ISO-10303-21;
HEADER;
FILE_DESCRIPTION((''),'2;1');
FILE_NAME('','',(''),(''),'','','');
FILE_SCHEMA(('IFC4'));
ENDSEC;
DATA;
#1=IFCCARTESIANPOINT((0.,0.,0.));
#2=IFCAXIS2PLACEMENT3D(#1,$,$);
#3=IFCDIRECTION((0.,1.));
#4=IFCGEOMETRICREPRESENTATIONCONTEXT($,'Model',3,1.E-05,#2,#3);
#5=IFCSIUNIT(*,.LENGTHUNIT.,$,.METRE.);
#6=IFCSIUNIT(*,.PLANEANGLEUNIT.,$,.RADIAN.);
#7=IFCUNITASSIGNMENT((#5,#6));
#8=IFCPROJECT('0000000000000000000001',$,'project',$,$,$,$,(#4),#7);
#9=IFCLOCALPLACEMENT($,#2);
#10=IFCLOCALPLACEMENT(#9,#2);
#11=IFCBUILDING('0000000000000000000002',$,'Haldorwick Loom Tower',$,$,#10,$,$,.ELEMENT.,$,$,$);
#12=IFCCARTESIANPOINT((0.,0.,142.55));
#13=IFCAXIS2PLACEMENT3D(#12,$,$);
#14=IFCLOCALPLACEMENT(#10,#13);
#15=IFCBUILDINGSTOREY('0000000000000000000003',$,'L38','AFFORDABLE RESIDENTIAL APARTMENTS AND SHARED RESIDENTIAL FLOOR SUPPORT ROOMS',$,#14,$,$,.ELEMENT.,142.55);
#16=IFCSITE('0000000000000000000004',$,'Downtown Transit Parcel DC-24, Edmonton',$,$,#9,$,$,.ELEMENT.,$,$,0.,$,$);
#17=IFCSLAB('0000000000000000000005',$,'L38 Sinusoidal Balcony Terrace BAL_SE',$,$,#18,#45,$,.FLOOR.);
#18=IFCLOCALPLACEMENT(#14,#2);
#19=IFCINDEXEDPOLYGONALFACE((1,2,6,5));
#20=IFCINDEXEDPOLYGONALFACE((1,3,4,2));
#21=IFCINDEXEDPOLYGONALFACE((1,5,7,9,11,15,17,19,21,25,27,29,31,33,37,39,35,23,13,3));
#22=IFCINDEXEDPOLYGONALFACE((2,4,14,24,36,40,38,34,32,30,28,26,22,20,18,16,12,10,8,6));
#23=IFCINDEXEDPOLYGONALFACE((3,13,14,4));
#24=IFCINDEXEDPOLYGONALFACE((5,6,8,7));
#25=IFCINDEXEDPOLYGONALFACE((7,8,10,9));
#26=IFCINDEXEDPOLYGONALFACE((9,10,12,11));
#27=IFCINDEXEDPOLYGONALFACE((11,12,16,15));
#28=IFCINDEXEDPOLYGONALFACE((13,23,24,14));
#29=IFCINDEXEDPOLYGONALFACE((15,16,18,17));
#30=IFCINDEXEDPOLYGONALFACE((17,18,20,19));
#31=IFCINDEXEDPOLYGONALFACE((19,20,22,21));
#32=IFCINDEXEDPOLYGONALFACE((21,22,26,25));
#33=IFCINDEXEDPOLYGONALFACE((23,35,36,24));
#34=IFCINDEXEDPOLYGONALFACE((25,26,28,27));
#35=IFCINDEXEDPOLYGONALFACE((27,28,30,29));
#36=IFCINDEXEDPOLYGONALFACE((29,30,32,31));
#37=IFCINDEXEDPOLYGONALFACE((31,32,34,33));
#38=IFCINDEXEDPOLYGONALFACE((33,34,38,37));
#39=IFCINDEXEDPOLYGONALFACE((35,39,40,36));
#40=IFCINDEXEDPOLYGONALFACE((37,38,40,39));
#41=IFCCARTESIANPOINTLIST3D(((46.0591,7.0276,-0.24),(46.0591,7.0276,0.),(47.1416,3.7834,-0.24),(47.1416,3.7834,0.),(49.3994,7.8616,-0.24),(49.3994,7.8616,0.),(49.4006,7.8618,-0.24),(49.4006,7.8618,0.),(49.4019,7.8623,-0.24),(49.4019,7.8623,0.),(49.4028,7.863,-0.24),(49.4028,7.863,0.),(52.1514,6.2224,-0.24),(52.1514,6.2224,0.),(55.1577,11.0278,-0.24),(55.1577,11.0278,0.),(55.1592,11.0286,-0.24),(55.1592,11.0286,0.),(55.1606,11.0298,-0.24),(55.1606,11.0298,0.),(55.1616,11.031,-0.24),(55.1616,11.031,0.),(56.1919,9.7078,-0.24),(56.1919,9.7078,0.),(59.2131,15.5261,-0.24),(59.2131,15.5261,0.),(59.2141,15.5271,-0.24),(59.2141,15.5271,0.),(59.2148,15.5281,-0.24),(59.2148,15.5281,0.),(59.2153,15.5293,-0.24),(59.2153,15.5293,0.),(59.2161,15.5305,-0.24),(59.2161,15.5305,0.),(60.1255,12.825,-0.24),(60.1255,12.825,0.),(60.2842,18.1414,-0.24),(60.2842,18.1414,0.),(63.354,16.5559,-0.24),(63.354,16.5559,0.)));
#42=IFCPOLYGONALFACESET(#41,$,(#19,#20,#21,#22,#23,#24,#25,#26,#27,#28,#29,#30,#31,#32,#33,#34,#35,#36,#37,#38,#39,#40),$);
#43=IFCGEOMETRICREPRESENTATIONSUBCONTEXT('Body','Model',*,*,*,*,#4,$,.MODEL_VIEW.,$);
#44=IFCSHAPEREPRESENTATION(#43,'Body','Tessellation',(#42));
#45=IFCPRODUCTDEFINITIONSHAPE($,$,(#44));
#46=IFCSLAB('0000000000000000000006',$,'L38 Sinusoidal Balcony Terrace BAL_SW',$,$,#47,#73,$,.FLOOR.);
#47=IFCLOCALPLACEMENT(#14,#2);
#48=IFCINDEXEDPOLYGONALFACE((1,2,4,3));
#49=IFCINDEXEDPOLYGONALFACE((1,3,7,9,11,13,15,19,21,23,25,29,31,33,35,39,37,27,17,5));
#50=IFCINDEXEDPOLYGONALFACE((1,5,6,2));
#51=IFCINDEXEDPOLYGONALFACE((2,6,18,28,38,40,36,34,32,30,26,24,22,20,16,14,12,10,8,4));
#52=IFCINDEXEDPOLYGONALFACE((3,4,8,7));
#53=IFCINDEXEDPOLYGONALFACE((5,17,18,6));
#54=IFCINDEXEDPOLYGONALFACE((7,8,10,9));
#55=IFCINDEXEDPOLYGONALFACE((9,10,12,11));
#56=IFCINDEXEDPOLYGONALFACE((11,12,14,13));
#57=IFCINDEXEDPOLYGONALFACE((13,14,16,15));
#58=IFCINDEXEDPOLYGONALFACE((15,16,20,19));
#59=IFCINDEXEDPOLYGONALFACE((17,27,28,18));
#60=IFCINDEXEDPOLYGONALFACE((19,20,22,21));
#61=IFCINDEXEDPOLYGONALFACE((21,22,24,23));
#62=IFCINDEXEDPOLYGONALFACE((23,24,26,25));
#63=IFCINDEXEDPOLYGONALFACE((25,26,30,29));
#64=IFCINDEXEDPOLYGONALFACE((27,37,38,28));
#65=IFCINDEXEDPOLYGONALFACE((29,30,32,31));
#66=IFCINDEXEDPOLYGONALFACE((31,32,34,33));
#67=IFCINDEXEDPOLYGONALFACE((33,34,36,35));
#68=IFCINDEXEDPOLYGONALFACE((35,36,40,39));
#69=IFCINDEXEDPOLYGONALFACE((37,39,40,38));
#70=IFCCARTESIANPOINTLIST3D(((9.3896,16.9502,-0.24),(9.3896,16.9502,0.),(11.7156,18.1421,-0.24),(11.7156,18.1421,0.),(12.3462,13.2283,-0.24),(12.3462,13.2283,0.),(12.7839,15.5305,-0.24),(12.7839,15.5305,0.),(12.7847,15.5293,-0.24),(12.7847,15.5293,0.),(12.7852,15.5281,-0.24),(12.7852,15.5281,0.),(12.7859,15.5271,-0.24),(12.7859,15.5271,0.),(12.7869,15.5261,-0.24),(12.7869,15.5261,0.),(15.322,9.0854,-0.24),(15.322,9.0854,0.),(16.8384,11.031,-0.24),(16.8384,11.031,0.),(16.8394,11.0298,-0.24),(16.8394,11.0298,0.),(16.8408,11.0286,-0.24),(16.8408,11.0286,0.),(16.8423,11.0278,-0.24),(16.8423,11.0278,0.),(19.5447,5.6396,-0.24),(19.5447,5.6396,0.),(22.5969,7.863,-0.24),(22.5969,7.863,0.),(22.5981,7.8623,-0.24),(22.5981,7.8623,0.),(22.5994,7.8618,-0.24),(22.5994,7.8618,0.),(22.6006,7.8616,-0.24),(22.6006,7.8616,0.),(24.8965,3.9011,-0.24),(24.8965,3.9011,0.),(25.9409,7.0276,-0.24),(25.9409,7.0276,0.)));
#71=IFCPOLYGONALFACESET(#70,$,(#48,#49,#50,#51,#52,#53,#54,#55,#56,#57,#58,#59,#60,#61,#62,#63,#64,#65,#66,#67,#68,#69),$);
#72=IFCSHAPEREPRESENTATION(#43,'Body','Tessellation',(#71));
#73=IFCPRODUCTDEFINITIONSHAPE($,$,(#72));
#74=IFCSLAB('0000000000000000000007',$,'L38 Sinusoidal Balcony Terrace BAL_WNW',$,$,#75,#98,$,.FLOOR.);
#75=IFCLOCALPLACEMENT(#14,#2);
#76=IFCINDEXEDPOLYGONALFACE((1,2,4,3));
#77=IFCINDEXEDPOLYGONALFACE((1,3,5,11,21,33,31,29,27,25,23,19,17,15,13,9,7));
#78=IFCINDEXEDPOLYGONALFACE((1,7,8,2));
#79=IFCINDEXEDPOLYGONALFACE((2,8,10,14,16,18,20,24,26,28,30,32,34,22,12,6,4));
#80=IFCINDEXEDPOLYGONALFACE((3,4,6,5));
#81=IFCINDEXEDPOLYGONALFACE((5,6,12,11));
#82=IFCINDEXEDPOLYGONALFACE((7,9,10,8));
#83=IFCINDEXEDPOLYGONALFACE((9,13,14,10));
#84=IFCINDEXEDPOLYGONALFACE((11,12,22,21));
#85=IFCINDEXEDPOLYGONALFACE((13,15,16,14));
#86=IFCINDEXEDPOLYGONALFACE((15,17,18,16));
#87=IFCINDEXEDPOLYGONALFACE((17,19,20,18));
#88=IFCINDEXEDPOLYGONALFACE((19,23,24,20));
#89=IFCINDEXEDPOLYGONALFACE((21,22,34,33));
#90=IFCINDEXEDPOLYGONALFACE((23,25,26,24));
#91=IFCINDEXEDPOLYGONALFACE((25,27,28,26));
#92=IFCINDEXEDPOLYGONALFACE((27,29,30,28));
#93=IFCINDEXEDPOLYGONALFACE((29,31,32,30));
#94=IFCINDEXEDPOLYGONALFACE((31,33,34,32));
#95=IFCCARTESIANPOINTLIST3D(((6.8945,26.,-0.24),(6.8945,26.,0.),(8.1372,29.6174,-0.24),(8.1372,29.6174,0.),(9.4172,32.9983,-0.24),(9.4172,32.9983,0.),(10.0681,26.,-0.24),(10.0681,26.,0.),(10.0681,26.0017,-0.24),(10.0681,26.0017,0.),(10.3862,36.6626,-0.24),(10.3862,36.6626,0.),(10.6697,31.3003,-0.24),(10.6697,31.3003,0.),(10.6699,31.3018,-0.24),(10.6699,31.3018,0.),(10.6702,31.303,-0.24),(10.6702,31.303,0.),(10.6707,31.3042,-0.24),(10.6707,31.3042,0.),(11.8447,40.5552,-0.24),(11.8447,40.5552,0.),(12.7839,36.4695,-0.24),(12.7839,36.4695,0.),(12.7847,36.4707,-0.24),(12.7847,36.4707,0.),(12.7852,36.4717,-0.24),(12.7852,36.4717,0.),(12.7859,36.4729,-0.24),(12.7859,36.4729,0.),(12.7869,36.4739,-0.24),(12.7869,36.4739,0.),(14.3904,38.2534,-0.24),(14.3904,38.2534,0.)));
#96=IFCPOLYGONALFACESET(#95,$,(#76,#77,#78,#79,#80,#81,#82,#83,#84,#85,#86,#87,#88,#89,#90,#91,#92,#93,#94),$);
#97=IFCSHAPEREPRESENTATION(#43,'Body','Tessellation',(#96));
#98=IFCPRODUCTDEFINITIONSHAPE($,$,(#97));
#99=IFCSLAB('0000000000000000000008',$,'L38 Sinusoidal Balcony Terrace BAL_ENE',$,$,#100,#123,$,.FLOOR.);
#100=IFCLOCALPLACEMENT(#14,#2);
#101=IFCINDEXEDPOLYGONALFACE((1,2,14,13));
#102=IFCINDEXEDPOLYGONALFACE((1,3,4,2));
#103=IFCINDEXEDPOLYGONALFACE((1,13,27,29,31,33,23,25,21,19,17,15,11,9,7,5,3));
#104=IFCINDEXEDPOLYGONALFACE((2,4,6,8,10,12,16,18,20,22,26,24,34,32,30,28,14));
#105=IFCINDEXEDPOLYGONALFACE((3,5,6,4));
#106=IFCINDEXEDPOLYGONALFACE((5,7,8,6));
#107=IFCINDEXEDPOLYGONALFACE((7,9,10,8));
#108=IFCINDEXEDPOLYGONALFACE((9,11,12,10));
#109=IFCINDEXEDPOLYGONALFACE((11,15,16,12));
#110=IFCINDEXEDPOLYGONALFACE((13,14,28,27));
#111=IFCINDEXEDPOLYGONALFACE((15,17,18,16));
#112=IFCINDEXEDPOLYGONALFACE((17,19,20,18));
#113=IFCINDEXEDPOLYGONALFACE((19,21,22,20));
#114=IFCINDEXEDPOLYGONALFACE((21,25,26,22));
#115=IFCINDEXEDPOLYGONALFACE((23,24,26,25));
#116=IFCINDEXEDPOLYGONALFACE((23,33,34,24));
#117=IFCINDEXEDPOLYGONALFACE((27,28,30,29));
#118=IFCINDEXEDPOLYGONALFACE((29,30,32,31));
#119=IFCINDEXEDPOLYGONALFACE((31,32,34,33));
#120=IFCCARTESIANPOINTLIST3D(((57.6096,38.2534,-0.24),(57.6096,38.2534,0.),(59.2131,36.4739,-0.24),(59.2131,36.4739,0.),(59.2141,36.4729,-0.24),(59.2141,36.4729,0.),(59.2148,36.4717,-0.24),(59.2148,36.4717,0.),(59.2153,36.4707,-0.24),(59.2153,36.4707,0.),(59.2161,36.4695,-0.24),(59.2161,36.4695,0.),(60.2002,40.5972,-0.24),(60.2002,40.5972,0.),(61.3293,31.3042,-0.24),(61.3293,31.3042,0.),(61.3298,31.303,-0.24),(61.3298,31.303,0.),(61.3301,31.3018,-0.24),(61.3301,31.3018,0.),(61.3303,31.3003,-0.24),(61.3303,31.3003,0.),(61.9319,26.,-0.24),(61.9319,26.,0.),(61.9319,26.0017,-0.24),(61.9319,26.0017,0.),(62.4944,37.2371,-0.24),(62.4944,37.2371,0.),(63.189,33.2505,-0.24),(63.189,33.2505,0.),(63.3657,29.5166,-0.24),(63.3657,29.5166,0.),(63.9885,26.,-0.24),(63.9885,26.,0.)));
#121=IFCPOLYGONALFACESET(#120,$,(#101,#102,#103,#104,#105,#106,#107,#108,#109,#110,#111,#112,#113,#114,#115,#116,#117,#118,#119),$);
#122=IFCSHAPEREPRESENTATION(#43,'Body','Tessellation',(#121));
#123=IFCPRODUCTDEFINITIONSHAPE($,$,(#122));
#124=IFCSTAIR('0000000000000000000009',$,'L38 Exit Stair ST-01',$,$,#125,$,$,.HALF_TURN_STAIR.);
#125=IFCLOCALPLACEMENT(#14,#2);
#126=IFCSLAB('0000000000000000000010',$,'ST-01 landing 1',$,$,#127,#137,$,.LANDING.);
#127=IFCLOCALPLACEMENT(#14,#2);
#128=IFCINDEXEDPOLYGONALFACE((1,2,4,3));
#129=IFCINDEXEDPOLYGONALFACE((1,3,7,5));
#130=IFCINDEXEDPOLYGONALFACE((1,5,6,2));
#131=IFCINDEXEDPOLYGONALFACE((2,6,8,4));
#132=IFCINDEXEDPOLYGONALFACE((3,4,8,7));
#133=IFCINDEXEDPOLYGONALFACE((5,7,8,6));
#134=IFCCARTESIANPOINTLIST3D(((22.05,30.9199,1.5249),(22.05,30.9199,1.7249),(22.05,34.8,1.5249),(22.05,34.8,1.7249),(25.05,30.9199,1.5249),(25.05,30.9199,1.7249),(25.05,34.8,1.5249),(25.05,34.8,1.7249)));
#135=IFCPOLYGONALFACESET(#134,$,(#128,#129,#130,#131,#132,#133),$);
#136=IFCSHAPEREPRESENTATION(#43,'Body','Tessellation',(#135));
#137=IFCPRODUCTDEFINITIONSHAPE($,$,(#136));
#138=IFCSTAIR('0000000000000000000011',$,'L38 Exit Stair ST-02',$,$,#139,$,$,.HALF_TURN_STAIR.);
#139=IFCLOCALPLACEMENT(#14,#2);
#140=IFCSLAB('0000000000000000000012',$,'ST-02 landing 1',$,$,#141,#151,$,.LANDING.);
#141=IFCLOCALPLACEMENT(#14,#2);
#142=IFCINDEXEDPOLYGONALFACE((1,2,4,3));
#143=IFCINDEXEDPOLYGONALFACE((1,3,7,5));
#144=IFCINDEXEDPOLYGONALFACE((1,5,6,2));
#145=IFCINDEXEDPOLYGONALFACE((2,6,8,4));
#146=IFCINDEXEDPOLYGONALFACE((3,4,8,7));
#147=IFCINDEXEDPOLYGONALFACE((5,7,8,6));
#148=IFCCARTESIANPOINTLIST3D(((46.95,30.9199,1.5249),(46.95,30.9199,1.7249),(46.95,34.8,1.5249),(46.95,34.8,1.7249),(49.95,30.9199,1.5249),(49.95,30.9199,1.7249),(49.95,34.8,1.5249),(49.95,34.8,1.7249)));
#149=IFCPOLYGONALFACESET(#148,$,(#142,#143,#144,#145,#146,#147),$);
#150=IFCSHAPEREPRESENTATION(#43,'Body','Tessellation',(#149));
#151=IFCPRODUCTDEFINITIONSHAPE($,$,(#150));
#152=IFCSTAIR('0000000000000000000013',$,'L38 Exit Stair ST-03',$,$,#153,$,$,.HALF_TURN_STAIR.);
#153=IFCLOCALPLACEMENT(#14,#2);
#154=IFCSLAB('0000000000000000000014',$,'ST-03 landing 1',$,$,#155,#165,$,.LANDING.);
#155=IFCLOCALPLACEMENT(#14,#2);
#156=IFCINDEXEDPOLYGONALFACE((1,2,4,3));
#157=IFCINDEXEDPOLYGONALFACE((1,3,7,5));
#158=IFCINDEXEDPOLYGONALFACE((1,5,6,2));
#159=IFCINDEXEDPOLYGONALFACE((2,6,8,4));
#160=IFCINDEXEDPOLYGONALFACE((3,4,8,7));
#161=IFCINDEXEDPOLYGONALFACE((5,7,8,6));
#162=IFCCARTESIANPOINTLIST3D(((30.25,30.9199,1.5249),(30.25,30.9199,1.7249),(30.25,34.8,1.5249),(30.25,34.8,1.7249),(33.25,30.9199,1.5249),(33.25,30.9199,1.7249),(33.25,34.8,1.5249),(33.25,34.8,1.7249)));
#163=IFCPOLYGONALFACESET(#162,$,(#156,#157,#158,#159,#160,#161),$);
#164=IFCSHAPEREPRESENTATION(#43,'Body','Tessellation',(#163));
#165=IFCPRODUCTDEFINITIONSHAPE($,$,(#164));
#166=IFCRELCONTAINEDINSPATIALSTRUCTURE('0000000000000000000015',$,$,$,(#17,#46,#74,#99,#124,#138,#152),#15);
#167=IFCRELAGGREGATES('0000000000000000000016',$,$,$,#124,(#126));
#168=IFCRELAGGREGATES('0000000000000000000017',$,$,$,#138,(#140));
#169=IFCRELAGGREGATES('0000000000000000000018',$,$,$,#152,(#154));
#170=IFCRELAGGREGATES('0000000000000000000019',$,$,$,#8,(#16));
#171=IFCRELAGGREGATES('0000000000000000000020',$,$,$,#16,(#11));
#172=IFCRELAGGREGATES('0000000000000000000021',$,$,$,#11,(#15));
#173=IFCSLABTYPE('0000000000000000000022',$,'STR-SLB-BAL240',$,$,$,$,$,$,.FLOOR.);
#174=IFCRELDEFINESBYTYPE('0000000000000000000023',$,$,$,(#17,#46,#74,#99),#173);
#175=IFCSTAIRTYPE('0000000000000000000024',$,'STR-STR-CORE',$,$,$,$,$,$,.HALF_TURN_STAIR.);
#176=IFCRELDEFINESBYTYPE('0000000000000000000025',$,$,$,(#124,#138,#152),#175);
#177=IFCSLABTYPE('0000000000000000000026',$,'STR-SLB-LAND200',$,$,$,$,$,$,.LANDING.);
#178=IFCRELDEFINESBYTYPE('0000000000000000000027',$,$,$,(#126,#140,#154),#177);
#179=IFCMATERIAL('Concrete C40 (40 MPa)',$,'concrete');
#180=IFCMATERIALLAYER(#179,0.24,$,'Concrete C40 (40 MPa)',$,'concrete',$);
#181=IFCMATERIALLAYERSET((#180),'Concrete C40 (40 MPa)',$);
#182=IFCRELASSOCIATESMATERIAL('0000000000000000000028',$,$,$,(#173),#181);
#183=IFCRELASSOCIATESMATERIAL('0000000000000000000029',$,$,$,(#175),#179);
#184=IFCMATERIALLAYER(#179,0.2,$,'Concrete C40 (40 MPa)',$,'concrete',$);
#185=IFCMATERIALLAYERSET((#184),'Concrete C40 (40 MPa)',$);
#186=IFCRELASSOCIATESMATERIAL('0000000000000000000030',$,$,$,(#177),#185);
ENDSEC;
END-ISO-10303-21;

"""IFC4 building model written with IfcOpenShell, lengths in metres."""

from ifc_helpers import new_model, si_unit, direction, frame, origin, place, context, subcontext, project, spatial, polyline, outline, extrude, material, layer, layer_set, type_object, element, aggregate, save


model = new_model("IFC4")

# Units and contexts
model_context = context("Model", 3, precision=1e-05, world=origin(), true_north=direction((0.0, 1.0)))
body_context = subcontext(model_context, "Body", "Model", "MODEL_VIEW")
ifc_project = project(units=[si_unit("LENGTHUNIT", "METRE"), si_unit("PLANEANGLEUNIT", "RADIAN")], contexts=[model_context])

# Site, building, storey
site_placement = place(None, origin())
site = spatial("IfcSite", under=ifc_project, at=site_placement, Name="Downtown Transit Parcel DC-24, Edmonton", CompositionType="ELEMENT", RefElevation=0.0)
building_placement = place(site_placement, origin())
building = spatial("IfcBuilding", under=site, at=building_placement, Name="Haldorwick Loom Tower", CompositionType="ELEMENT")
storey_placement = place(building_placement, frame((0.0, 0.0, 142.55)))
storey = spatial("IfcBuildingStorey", under=building, at=storey_placement, Name="L38", Description="AFFORDABLE RESIDENTIAL APARTMENTS AND SHARED RESIDENTIAL FLOOR SUPPORT ROOMS", CompositionType="ELEMENT", Elevation=142.55)

# Slabs
ifc_material_1 = material(Name="Concrete C40 (40 MPa)", Category="concrete")
ifc_layer_1 = layer(ifc_material_1, 0.24, Name="Concrete C40 (40 MPa)", Category="concrete")
ifc_layer_set_1 = layer_set([ifc_layer_1], Name="Concrete C40 (40 MPa)")
slab_type_1 = type_object("IfcSlabType", Name="STR-SLB-BAL240", PredefinedType="FLOOR", material=ifc_layer_set_1)
slab_1_placement = place(storey_placement, frame((0.0, 0.0, -0.24)))
element("IfcSlab", 1, at=slab_1_placement, inside=storey, type_object=slab_type_1, Name="L38 Sinusoidal Balcony Terrace BAL_SE", PredefinedType="FLOOR", context=body_context, shape_type="SweptSolid", body=[
    extrude(outline(polyline([(60.2842, 18.1414), (59.2161, 15.5305), (59.2153, 15.5293), (59.2148, 15.5281), (59.2141, 15.5271), (59.2131, 15.5261), (55.1616, 11.031), (55.1606, 11.0298), (55.1592, 11.0286), (55.1577, 11.0278), (49.4028, 7.863), (49.4019, 7.8623), (49.4006, 7.8618), (49.3994, 7.8616), (46.0591, 7.0276), (47.1416, 3.7834), (52.1514, 6.2224), (56.1919, 9.7078), (60.1255, 12.825), (63.354, 16.5559), (60.2842, 18.1414)])), origin(), (0.0, 0.0, 1.0), 0.24),
])
slab_2_placement = place(storey_placement, frame((0.0, 0.0, -0.24)))
element("IfcSlab", 2, at=slab_2_placement, inside=storey, type_object=slab_type_1, Name="L38 Sinusoidal Balcony Terrace BAL_SW", PredefinedType="FLOOR", context=body_context, shape_type="SweptSolid", body=[
    extrude(outline(polyline([(25.9409, 7.0276), (22.6006, 7.8616), (22.5994, 7.8618), (22.5981, 7.8623), (22.5969, 7.863), (16.8423, 11.0278), (16.8408, 11.0286), (16.8394, 11.0298), (16.8384, 11.031), (12.7869, 15.5261), (12.7859, 15.5271), (12.7852, 15.5281), (12.7847, 15.5293), (12.7839, 15.5305), (11.7156, 18.1421), (9.3896, 16.9502), (12.3462, 13.2283), (15.322, 9.0854), (19.5447, 5.6396), (24.8965, 3.9011), (25.9409, 7.0276)])), origin(), (0.0, 0.0, 1.0), 0.24),
])
slab_3_placement = place(storey_placement, frame((0.0, 0.0, -0.24)))
element("IfcSlab", 3, at=slab_3_placement, inside=storey, type_object=slab_type_1, Name="L38 Sinusoidal Balcony Terrace BAL_WNW", PredefinedType="FLOOR", context=body_context, shape_type="SweptSolid", body=[
    extrude(outline(polyline([(10.0681, 26.0), (10.0681, 26.0017), (10.6697, 31.3003), (10.6699, 31.3018), (10.6702, 31.303), (10.6707, 31.3042), (12.7839, 36.4695), (12.7847, 36.4707), (12.7852, 36.4717), (12.7859, 36.4729), (12.7869, 36.4739), (14.3904, 38.2534), (11.8447, 40.5552), (10.3862, 36.6626), (9.4172, 32.9983), (8.1372, 29.6174), (6.8945, 26.0), (10.0681, 26.0)])), origin(), (0.0, 0.0, 1.0), 0.24),
])
slab_4_placement = place(storey_placement, frame((0.0, 0.0, -0.24)))
element("IfcSlab", 4, at=slab_4_placement, inside=storey, type_object=slab_type_1, Name="L38 Sinusoidal Balcony Terrace BAL_ENE", PredefinedType="FLOOR", context=body_context, shape_type="SweptSolid", body=[
    extrude(outline(polyline([(57.6096, 38.2534), (59.2131, 36.4739), (59.2141, 36.4729), (59.2148, 36.4717), (59.2153, 36.4707), (59.2161, 36.4695), (61.3293, 31.3042), (61.3298, 31.303), (61.3301, 31.3018), (61.3303, 31.3003), (61.9319, 26.0017), (61.9319, 26.0), (63.9885, 26.0), (63.3657, 29.5166), (63.189, 33.2505), (62.4944, 37.2371), (60.2002, 40.5972), (57.6096, 38.2534)])), origin(), (0.0, 0.0, 1.0), 0.24),
])

# Stairs, slabs
stair_type = type_object("IfcStairType", Name="STR-STR-CORE", PredefinedType="HALF_TURN_STAIR", material=ifc_material_1)
stair_1_placement = place(storey_placement, origin())
stair_1 = element("IfcStair", 5, at=stair_1_placement, inside=storey, type_object=stair_type, Name="L38 Exit Stair ST-01", PredefinedType="HALF_TURN_STAIR")
ifc_layer_2 = layer(ifc_material_1, 0.2, Name="Concrete C40 (40 MPa)", Category="concrete")
ifc_layer_set_2 = layer_set([ifc_layer_2], Name="Concrete C40 (40 MPa)")
slab_type_2 = type_object("IfcSlabType", Name="STR-SLB-LAND200", PredefinedType="LANDING", material=ifc_layer_set_2)
slab_5_placement = place(storey_placement, frame((0.0, 0.0, 1.5249)))
slab_5 = element("IfcSlab", 6, at=slab_5_placement, type_object=slab_type_2, Name="ST-01 landing 1", PredefinedType="LANDING", context=body_context, shape_type="SweptSolid", body=[
    extrude(outline(polyline([(25.05, 30.9199), (25.05, 34.8), (22.05, 34.8), (22.05, 30.9199), (25.05, 30.9199)])), origin(), (0.0, 0.0, 1.0), 0.2),
])
aggregate(stair_1, [slab_5])
stair_2_placement = place(storey_placement, origin())
stair_2 = element("IfcStair", 7, at=stair_2_placement, inside=storey, type_object=stair_type, Name="L38 Exit Stair ST-02", PredefinedType="HALF_TURN_STAIR")
slab_6_placement = place(storey_placement, frame((0.0, 0.0, 1.5249)))
slab_6 = element("IfcSlab", 8, at=slab_6_placement, type_object=slab_type_2, Name="ST-02 landing 1", PredefinedType="LANDING", context=body_context, shape_type="SweptSolid", body=[
    extrude(outline(polyline([(49.95, 30.9199), (49.95, 34.8), (46.95, 34.8), (46.95, 30.9199), (49.95, 30.9199)])), origin(), (0.0, 0.0, 1.0), 0.2),
])
aggregate(stair_2, [slab_6])
stair_3_placement = place(storey_placement, origin())
stair_3 = element("IfcStair", 9, at=stair_3_placement, inside=storey, type_object=stair_type, Name="L38 Exit Stair ST-03", PredefinedType="HALF_TURN_STAIR")
slab_7_placement = place(storey_placement, frame((0.0, 0.0, 1.5249)))
slab_7 = element("IfcSlab", 10, at=slab_7_placement, type_object=slab_type_2, Name="ST-03 landing 1", PredefinedType="LANDING", context=body_context, shape_type="SweptSolid", body=[
    extrude(outline(polyline([(33.25, 30.9199), (33.25, 34.8), (30.25, 34.8), (30.25, 30.9199), (33.25, 30.9199)])), origin(), (0.0, 0.0, 1.0), 0.2),
])
aggregate(stair_3, [slab_7])

save(model, "model.ifc")
